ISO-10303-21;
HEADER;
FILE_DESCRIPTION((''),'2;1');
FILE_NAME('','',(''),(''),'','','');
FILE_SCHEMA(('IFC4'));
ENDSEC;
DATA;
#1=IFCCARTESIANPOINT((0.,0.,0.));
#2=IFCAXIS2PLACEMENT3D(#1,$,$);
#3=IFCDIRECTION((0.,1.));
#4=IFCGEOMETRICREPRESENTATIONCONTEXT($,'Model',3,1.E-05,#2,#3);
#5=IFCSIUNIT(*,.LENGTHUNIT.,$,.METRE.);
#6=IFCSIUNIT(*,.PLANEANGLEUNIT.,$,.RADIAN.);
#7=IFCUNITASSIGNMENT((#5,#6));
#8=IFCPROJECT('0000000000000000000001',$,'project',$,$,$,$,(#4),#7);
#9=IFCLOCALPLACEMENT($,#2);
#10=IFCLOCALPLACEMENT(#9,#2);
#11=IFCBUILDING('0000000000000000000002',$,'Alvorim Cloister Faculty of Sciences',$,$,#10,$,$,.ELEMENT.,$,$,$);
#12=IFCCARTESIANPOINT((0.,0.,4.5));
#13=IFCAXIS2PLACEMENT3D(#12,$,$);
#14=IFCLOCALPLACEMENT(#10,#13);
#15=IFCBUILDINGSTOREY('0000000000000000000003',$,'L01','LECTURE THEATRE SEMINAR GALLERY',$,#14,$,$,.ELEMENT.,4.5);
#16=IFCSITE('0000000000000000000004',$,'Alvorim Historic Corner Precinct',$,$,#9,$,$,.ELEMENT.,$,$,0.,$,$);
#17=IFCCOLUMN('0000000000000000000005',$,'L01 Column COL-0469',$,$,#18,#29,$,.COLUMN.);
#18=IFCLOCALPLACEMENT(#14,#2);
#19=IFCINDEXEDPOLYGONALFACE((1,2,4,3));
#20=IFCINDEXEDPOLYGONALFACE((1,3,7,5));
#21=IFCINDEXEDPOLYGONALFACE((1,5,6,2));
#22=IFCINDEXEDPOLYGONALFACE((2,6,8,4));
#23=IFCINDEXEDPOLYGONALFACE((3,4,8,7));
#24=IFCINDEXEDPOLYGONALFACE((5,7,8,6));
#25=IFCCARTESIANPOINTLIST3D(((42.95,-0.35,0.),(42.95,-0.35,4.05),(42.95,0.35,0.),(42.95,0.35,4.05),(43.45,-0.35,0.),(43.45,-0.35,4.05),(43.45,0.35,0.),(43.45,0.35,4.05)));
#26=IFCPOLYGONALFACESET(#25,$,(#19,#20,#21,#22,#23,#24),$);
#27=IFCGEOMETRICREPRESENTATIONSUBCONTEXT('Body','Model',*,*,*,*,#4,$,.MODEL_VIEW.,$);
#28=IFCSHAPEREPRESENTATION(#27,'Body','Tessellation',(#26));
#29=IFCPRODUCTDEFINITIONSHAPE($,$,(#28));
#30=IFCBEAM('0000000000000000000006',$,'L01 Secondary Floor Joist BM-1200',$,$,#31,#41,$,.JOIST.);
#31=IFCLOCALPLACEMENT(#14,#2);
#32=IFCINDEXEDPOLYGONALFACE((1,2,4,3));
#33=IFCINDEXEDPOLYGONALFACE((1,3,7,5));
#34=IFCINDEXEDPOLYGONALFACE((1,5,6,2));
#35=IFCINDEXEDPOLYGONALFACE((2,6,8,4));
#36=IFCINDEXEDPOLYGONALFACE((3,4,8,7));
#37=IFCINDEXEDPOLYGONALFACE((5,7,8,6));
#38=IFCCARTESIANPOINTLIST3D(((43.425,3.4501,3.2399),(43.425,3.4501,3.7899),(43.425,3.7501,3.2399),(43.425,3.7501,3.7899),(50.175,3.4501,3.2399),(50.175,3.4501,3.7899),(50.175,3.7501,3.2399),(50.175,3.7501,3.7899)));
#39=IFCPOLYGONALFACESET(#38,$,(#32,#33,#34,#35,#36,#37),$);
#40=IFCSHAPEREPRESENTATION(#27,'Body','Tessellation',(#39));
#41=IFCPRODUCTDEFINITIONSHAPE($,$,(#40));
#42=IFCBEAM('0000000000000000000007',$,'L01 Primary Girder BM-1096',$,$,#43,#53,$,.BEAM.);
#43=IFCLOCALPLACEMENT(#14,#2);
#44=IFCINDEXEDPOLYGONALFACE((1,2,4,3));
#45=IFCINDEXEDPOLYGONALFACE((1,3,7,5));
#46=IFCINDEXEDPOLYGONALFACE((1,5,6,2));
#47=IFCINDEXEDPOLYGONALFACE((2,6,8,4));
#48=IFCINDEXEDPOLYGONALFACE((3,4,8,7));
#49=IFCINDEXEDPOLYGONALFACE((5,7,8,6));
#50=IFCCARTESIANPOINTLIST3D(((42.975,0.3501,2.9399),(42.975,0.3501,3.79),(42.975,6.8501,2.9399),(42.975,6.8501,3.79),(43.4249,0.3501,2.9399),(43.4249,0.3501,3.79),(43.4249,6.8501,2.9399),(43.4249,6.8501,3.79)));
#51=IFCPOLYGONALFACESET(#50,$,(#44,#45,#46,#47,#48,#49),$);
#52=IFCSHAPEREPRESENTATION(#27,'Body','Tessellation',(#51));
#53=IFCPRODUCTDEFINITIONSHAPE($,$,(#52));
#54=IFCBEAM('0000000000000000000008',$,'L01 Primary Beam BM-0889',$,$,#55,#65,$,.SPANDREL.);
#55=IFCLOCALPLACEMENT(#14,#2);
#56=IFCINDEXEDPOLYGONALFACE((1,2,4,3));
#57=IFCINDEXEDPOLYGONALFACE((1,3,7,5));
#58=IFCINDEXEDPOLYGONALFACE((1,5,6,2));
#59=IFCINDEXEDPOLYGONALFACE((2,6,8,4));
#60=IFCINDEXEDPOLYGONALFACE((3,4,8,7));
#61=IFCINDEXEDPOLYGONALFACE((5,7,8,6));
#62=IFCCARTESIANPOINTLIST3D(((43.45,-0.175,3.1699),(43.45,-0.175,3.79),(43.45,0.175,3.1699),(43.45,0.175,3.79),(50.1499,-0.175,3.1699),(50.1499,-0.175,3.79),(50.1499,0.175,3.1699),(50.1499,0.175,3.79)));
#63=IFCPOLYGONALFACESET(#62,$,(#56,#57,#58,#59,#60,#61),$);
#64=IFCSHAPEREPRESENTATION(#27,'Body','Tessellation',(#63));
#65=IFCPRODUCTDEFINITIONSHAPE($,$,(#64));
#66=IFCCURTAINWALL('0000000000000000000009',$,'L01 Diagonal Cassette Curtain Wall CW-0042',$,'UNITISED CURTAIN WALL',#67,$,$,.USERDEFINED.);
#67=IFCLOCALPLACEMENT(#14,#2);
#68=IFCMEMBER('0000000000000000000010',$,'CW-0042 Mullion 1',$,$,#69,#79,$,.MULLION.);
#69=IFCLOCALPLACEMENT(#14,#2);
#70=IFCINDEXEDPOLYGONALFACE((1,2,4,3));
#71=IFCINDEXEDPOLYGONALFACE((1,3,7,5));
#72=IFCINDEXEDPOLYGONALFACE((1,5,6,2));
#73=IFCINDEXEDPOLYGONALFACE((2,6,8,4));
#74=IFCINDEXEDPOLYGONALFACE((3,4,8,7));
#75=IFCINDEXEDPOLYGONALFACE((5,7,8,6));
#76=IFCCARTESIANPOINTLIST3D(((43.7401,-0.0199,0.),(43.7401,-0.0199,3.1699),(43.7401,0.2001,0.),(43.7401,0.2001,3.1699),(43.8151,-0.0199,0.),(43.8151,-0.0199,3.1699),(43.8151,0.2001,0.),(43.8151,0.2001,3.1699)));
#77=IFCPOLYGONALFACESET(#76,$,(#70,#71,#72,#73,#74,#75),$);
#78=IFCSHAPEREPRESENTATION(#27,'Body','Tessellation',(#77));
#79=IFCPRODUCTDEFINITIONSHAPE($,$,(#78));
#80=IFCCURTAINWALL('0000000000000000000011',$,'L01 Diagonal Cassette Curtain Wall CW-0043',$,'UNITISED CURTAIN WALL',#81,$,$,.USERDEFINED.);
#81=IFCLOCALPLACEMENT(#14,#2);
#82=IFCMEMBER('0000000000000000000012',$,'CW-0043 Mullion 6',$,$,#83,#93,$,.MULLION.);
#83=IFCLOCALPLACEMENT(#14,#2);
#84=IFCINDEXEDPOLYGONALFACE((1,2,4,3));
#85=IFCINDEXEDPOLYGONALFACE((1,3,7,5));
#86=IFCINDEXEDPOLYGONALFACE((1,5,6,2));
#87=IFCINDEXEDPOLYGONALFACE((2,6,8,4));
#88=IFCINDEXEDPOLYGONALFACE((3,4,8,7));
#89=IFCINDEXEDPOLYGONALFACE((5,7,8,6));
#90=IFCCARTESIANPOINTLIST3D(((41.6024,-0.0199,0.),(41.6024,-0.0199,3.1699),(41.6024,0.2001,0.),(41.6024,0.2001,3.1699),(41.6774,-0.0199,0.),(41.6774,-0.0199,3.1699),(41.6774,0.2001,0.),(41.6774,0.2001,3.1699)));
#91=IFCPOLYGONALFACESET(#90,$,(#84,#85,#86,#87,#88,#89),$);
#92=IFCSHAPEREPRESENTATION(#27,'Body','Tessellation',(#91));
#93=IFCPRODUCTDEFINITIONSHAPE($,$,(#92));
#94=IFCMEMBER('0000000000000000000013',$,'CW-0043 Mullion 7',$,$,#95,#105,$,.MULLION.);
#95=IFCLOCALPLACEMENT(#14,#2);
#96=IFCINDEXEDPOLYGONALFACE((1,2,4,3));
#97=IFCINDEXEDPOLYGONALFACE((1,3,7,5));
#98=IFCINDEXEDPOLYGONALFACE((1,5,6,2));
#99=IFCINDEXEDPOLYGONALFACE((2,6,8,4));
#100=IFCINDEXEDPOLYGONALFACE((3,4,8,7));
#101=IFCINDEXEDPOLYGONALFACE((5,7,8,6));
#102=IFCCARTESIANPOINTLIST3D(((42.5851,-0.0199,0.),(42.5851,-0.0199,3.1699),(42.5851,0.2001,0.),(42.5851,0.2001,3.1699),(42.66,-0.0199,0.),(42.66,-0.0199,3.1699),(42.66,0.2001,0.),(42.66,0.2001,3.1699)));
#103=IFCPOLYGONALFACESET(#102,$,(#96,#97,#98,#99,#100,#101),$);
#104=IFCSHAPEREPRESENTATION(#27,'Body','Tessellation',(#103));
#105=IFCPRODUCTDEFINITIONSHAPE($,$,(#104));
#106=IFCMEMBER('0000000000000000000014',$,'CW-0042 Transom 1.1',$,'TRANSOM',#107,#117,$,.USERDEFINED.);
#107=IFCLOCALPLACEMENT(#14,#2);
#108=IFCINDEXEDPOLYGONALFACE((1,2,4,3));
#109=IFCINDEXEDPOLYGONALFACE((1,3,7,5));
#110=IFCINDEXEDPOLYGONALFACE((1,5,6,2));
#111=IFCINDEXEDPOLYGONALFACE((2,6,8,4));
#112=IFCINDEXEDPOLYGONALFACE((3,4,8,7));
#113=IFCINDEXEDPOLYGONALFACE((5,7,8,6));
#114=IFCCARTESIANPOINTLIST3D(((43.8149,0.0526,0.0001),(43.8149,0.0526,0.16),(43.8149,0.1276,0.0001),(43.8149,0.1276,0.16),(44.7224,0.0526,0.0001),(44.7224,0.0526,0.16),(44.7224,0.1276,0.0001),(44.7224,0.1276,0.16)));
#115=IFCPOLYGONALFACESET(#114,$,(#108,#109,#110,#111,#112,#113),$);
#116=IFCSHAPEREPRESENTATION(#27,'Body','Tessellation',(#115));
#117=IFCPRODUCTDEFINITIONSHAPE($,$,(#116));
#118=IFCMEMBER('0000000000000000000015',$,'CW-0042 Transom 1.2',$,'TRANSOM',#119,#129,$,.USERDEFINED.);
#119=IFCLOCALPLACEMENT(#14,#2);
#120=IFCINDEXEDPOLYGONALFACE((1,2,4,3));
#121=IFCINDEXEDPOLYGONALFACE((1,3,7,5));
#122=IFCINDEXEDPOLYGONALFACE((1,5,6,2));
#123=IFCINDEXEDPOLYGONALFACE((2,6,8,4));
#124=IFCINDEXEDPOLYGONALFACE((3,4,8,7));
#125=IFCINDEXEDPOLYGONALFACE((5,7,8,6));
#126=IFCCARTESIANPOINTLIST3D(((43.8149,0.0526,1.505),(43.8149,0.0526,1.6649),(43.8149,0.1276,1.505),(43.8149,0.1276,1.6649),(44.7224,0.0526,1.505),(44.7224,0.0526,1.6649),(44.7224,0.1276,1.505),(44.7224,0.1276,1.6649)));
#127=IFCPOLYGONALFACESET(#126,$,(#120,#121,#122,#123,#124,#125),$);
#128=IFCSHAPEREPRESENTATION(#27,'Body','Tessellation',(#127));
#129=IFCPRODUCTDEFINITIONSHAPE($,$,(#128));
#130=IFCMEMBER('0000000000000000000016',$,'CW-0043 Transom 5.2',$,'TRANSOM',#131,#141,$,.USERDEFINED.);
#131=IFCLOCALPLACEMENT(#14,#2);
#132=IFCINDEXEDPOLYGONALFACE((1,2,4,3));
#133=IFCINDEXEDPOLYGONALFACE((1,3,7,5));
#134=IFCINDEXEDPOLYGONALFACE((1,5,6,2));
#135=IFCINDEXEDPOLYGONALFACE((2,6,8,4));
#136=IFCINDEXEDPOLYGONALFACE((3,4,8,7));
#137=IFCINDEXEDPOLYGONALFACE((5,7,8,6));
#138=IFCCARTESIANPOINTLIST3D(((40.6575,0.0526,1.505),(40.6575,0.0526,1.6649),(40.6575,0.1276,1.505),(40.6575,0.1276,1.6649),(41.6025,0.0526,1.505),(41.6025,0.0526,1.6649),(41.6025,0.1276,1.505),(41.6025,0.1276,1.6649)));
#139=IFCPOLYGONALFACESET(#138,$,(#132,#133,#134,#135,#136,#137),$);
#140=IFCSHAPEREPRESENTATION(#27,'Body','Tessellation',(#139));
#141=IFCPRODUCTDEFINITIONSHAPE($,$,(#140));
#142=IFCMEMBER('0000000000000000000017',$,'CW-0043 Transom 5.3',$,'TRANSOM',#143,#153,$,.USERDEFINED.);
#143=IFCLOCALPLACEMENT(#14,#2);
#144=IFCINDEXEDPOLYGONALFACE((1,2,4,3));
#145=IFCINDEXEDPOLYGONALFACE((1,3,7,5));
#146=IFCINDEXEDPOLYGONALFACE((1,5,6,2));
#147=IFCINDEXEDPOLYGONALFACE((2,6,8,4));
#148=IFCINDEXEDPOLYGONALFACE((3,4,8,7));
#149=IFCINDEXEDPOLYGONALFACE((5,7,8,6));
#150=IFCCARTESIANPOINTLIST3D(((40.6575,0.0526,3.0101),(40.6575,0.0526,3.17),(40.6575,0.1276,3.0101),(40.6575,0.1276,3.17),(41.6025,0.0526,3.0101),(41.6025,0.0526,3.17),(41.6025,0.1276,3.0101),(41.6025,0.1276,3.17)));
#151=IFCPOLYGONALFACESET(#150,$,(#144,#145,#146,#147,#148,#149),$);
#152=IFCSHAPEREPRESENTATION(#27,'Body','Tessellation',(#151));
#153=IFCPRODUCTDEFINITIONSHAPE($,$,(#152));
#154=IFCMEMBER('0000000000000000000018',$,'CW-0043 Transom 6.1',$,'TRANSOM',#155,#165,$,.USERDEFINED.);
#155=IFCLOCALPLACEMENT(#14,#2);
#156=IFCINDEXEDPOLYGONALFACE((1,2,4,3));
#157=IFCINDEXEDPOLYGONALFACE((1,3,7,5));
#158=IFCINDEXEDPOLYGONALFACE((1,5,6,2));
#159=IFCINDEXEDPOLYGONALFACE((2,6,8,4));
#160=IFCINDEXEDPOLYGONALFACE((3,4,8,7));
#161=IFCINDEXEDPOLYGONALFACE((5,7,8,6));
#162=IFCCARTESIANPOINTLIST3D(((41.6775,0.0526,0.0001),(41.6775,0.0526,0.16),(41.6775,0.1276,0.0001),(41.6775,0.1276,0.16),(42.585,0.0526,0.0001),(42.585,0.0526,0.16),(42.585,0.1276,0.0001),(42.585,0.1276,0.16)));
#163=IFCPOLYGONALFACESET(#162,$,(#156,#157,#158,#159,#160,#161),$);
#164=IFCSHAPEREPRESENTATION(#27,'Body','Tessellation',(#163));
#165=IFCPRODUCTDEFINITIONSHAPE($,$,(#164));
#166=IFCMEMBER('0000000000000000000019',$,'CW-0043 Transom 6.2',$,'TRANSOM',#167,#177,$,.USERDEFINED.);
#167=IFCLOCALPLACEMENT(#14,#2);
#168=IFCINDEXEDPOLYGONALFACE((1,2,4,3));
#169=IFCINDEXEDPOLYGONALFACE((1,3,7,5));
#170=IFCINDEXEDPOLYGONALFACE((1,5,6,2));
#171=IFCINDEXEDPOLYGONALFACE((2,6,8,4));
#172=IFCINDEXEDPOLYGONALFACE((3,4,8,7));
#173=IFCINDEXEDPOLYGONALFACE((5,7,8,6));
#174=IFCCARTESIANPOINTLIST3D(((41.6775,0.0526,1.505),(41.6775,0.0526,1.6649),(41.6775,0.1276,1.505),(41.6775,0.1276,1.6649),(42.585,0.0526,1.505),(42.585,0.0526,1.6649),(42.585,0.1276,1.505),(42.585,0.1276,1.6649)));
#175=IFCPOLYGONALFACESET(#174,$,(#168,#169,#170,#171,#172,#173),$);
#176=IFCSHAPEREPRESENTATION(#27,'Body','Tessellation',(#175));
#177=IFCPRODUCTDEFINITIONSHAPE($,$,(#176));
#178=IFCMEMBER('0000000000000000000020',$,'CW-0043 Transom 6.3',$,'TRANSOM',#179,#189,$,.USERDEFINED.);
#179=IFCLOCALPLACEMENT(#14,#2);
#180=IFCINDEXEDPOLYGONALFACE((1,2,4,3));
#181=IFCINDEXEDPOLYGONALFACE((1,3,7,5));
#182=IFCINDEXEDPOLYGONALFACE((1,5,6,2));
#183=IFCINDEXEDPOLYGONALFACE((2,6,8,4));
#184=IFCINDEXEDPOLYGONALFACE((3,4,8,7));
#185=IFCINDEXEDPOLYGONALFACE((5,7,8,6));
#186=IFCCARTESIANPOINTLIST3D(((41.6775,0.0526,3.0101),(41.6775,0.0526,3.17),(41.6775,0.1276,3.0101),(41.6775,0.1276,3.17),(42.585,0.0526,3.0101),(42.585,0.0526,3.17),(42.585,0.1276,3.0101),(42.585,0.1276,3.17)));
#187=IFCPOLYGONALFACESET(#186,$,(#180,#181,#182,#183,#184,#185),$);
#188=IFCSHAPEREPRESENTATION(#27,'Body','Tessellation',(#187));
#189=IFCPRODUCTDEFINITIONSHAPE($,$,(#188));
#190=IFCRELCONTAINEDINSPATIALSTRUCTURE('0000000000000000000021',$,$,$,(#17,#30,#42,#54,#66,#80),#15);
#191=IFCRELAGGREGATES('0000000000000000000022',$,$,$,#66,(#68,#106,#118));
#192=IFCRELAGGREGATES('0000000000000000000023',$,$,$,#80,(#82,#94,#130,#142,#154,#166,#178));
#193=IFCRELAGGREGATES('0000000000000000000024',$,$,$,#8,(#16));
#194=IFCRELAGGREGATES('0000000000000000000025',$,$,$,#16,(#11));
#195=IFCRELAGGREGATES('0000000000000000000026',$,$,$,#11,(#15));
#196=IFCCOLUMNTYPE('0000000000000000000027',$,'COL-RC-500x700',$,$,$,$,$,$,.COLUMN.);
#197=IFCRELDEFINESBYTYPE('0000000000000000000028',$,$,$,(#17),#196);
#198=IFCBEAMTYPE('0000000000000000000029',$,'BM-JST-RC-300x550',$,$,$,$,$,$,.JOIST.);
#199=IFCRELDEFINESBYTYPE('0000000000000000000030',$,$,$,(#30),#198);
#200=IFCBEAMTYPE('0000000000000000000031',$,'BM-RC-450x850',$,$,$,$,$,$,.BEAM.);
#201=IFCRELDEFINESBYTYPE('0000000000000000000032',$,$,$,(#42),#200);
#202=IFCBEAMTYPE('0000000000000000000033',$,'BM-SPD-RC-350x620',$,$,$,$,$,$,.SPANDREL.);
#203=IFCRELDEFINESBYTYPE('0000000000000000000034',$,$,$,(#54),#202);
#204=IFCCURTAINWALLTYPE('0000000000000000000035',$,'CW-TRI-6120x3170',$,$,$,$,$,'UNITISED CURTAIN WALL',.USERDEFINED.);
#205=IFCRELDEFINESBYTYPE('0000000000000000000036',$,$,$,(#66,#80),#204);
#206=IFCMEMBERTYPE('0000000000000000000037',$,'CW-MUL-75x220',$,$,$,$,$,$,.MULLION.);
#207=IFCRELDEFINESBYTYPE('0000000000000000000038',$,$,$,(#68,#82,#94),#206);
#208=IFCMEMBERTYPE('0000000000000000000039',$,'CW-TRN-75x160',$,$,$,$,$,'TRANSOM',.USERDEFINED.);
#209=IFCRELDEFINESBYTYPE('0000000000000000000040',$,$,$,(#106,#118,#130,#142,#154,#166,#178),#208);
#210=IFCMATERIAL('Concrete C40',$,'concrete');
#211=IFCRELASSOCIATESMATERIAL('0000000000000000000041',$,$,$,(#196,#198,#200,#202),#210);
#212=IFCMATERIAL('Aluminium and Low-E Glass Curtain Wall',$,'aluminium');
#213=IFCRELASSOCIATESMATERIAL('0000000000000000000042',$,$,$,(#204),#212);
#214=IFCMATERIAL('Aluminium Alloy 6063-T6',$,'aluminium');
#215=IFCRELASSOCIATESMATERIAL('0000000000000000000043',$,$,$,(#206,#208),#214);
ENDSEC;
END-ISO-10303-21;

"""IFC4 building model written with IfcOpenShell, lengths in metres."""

from ifc_helpers import new_model, si_unit, direction, frame, origin, origin_2d, place, context, subcontext, project, spatial, rectangle, extrude, material, material_profile, profile_set, type_object, element, aggregate, save


model = new_model("IFC4")

# Units and contexts
model_context = context("Model", 3, precision=1e-05, world=origin(), true_north=direction((0.0, 1.0)))
body_context = subcontext(model_context, "Body", "Model", "MODEL_VIEW")
ifc_project = project(units=[si_unit("LENGTHUNIT", "METRE"), si_unit("PLANEANGLEUNIT", "RADIAN")], contexts=[model_context])

# Site, building, storey
site_placement = place(None, origin())
site = spatial("IfcSite", under=ifc_project, at=site_placement, Name="Alvorim Historic Corner Precinct", CompositionType="ELEMENT", RefElevation=0.0)
building_placement = place(site_placement, origin())
building = spatial("IfcBuilding", under=site, at=building_placement, Name="Alvorim Cloister Faculty of Sciences", CompositionType="ELEMENT")
storey_placement = place(building_placement, frame((0.0, 0.0, 4.5)))
storey = spatial("IfcBuildingStorey", under=building, at=storey_placement, Name="L01", Description="LECTURE THEATRE SEMINAR GALLERY", CompositionType="ELEMENT", Elevation=4.5)

# Column
ifc_material_1 = material(Name="Concrete C40", Category="concrete")
ifc_material_profile_1 = material_profile(ifc_material_1, rectangle(XDim=0.5, YDim=0.7, at=origin_2d()), Name="RC40-COL-500x700")
ifc_profile_set_1 = profile_set([ifc_material_profile_1], Name="Concrete C40")
column_type = type_object("IfcColumnType", Name="COL-RC-500x700", PredefinedType="COLUMN", material=ifc_profile_set_1)
column_placement = place(storey_placement, frame((43.2, 0.0, 0.0), z_axis=(0.0, 0.0, 1.0), x_axis=(1.0, 0.0, 0.0)))
element("IfcColumn", 1, at=column_placement, inside=storey, type_object=column_type, Name="L01 Column COL-0469", PredefinedType="COLUMN", context=body_context, shape_type="SweptSolid", body=[
    extrude(rectangle(XDim=0.5, YDim=0.7, at=origin_2d()), origin(), (0.0, 0.0, 1.0), 4.05),
])

# Beams
ifc_material_profile_2 = material_profile(ifc_material_1, rectangle(XDim=0.3, YDim=0.55, at=origin_2d()), Name="RC40-JST-300x550")
ifc_profile_set_2 = profile_set([ifc_material_profile_2], Name="Concrete C40")
beam_type_1 = type_object("IfcBeamType", Name="BM-JST-RC-300x550", PredefinedType="JOIST", material=ifc_profile_set_2)
beam_1_placement = place(storey_placement, frame((43.425, 3.6001, 3.5149), z_axis=(1.0, 0.0, 0.0), x_axis=(0.0, 1.0, 0.0)))
element("IfcBeam", 2, at=beam_1_placement, inside=storey, type_object=beam_type_1, Name="L01 Secondary Floor Joist BM-1200", PredefinedType="JOIST", context=body_context, shape_type="SweptSolid", body=[
    extrude(rectangle(XDim=0.3, YDim=0.55, at=origin_2d()), origin(), (0.0, 0.0, 1.0), 6.75),
])
ifc_material_profile_3 = material_profile(ifc_material_1, rectangle(XDim=0.45, YDim=0.8501, at=origin_2d()), Name="RC40-BM-450x850")
ifc_profile_set_3 = profile_set([ifc_material_profile_3], Name="Concrete C40")
beam_type_2 = type_object("IfcBeamType", Name="BM-RC-450x850", PredefinedType="BEAM", material=ifc_profile_set_3)
beam_2_placement = place(storey_placement, frame((43.2, 0.3501, 3.365), z_axis=(0.0, 1.0, 0.0), x_axis=(-1.0, 0.0, 0.0)))
element("IfcBeam", 3, at=beam_2_placement, inside=storey, type_object=beam_type_2, Name="L01 Primary Girder BM-1096", PredefinedType="BEAM", context=body_context, shape_type="SweptSolid", body=[
    extrude(rectangle(XDim=0.45, YDim=0.8501, at=origin_2d()), origin(), (0.0, 0.0, 1.0), 6.5),
])
ifc_material_profile_4 = material_profile(ifc_material_1, rectangle(XDim=0.3501, YDim=0.6201, at=origin_2d()), Name="RC40-SPD-350x620")
ifc_profile_set_4 = profile_set([ifc_material_profile_4], Name="Concrete C40")
beam_type_3 = type_object("IfcBeamType", Name="BM-SPD-RC-350x620", PredefinedType="SPANDREL", material=ifc_profile_set_4)
beam_3_placement = place(storey_placement, frame((43.45, 0.0, 3.48), z_axis=(1.0, 0.0, 0.0), x_axis=(0.0, 1.0, 0.0)))
element("IfcBeam", 4, at=beam_3_placement, inside=storey, type_object=beam_type_3, Name="L01 Primary Beam BM-0889", PredefinedType="SPANDREL", context=body_context, shape_type="SweptSolid", body=[
    extrude(rectangle(XDim=0.3501, YDim=0.6201, at=origin_2d()), origin(), (0.0, 0.0, 1.0), 6.7),
])

# Curtain wall, member
ifc_material_2 = material(Name="Aluminium and Low-E Glass Curtain Wall", Category="aluminium")
curtain_wall_type = type_object("IfcCurtainWallType", Name="CW-TRI-6120x3170", ElementType="UNITISED CURTAIN WALL", PredefinedType="USERDEFINED", material=ifc_material_2)
curtain_wall_1_placement = place(storey_placement, origin())
curtain_wall_1 = element("IfcCurtainWall", 5, at=curtain_wall_1_placement, inside=storey, type_object=curtain_wall_type, Name="L01 Diagonal Cassette Curtain Wall CW-0042", ObjectType="UNITISED CURTAIN WALL", PredefinedType="USERDEFINED")
ifc_material_3 = material(Name="Aluminium Alloy 6063-T6", Category="aluminium")
ifc_material_profile_5 = material_profile(ifc_material_3, rectangle(XDim=0.075, YDim=0.22, at=origin_2d()), Name="ALU-MUL-75x220")
ifc_profile_set_5 = profile_set([ifc_material_profile_5], Name="Aluminium Alloy 6063-T6")
member_type_1 = type_object("IfcMemberType", Name="CW-MUL-75x220", PredefinedType="MULLION", material=ifc_profile_set_5)
member_1_placement = place(storey_placement, frame((43.7776, 0.0901, 0.0), z_axis=(0.0, 0.0, 1.0), x_axis=(1.0, 0.0, 0.0)))
member_1 = element("IfcMember", 6, at=member_1_placement, type_object=member_type_1, Name="CW-0042 Mullion 1", PredefinedType="MULLION", context=body_context, shape_type="SweptSolid", body=[
    extrude(rectangle(XDim=0.075, YDim=0.22, at=origin_2d()), origin(), (0.0, 0.0, 1.0), 3.1699),
])

# Curtain wall, members
curtain_wall_2_placement = place(storey_placement, origin())
curtain_wall_2 = element("IfcCurtainWall", 7, at=curtain_wall_2_placement, inside=storey, type_object=curtain_wall_type, Name="L01 Diagonal Cassette Curtain Wall CW-0043", ObjectType="UNITISED CURTAIN WALL", PredefinedType="USERDEFINED")
member_2_placement = place(storey_placement, frame((41.6399, 0.0901, 0.0), z_axis=(0.0, 0.0, 1.0), x_axis=(1.0, 0.0, 0.0)))
member_2 = element("IfcMember", 8, at=member_2_placement, type_object=member_type_1, Name="CW-0043 Mullion 6", PredefinedType="MULLION", context=body_context, shape_type="SweptSolid", body=[
    extrude(rectangle(XDim=0.075, YDim=0.22, at=origin_2d()), origin(), (0.0, 0.0, 1.0), 3.1699),
])
member_3_placement = place(storey_placement, frame((42.6226, 0.0901, 0.0), z_axis=(0.0, 0.0, 1.0), x_axis=(1.0, 0.0, 0.0)))
member_3 = element("IfcMember", 9, at=member_3_placement, type_object=member_type_1, Name="CW-0043 Mullion 7", PredefinedType="MULLION", context=body_context, shape_type="SweptSolid", body=[
    extrude(rectangle(XDim=0.075, YDim=0.22, at=origin_2d()), origin(), (0.0, 0.0, 1.0), 3.1699),
])

# Members
ifc_material_profile_6 = material_profile(ifc_material_3, rectangle(XDim=0.075, YDim=0.1599, at=origin_2d()), Name="ALU-TRN-75x160")
ifc_profile_set_6 = profile_set([ifc_material_profile_6], Name="Aluminium Alloy 6063-T6")
member_type_2 = type_object("IfcMemberType", Name="CW-TRN-75x160", ElementType="TRANSOM", PredefinedType="USERDEFINED", material=ifc_profile_set_6)
member_4_placement = place(storey_placement, frame((43.8149, 0.0901, 0.0801), z_axis=(1.0, 0.0, 0.0), x_axis=(0.0, 1.0, 0.0)))
member_4 = element("IfcMember", 10, at=member_4_placement, type_object=member_type_2, Name="CW-0042 Transom 1.1", ObjectType="TRANSOM", PredefinedType="USERDEFINED", context=body_context, shape_type="SweptSolid", body=[
    extrude(rectangle(XDim=0.075, YDim=0.1599, at=origin_2d()), origin(), (0.0, 0.0, 1.0), 0.9075),
])
member_5_placement = place(storey_placement, frame((43.8149, 0.0901, 1.585), z_axis=(1.0, 0.0, 0.0), x_axis=(0.0, 1.0, 0.0)))
member_5 = element("IfcMember", 11, at=member_5_placement, type_object=member_type_2, Name="CW-0042 Transom 1.2", ObjectType="TRANSOM", PredefinedType="USERDEFINED", context=body_context, shape_type="SweptSolid", body=[
    extrude(rectangle(XDim=0.075, YDim=0.1599, at=origin_2d()), origin(), (0.0, 0.0, 1.0), 0.9075),
])
member_6_placement = place(storey_placement, frame((40.6575, 0.0901, 1.585), z_axis=(1.0, 0.0, 0.0), x_axis=(0.0, 1.0, 0.0)))
member_6 = element("IfcMember", 12, at=member_6_placement, type_object=member_type_2, Name="CW-0043 Transom 5.2", ObjectType="TRANSOM", PredefinedType="USERDEFINED", context=body_context, shape_type="SweptSolid", body=[
    extrude(rectangle(XDim=0.075, YDim=0.1599, at=origin_2d()), origin(), (0.0, 0.0, 1.0), 0.9451),
])
member_7_placement = place(storey_placement, frame((40.6575, 0.0901, 3.0901), z_axis=(1.0, 0.0, 0.0), x_axis=(0.0, 1.0, 0.0)))
member_7 = element("IfcMember", 13, at=member_7_placement, type_object=member_type_2, Name="CW-0043 Transom 5.3", ObjectType="TRANSOM", PredefinedType="USERDEFINED", context=body_context, shape_type="SweptSolid", body=[
    extrude(rectangle(XDim=0.075, YDim=0.1599, at=origin_2d()), origin(), (0.0, 0.0, 1.0), 0.9451),
])
member_8_placement = place(storey_placement, frame((41.6775, 0.0901, 0.0801), z_axis=(1.0, 0.0, 0.0), x_axis=(0.0, 1.0, 0.0)))
member_8 = element("IfcMember", 14, at=member_8_placement, type_object=member_type_2, Name="CW-0043 Transom 6.1", ObjectType="TRANSOM", PredefinedType="USERDEFINED", context=body_context, shape_type="SweptSolid", body=[
    extrude(rectangle(XDim=0.075, YDim=0.1599, at=origin_2d()), origin(), (0.0, 0.0, 1.0), 0.9075),
])
member_9_placement = place(storey_placement, frame((41.6775, 0.0901, 1.585), z_axis=(1.0, 0.0, 0.0), x_axis=(0.0, 1.0, 0.0)))
member_9 = element("IfcMember", 15, at=member_9_placement, type_object=member_type_2, Name="CW-0043 Transom 6.2", ObjectType="TRANSOM", PredefinedType="USERDEFINED", context=body_context, shape_type="SweptSolid", body=[
    extrude(rectangle(XDim=0.075, YDim=0.1599, at=origin_2d()), origin(), (0.0, 0.0, 1.0), 0.9075),
])
member_10_placement = place(storey_placement, frame((41.6775, 0.0901, 3.0901), z_axis=(1.0, 0.0, 0.0), x_axis=(0.0, 1.0, 0.0)))
member_10 = element("IfcMember", 16, at=member_10_placement, type_object=member_type_2, Name="CW-0043 Transom 6.3", ObjectType="TRANSOM", PredefinedType="USERDEFINED", context=body_context, shape_type="SweptSolid", body=[
    extrude(rectangle(XDim=0.075, YDim=0.1599, at=origin_2d()), origin(), (0.0, 0.0, 1.0), 0.9075),
])

aggregate(curtain_wall_1, [member_1, member_4, member_5])
aggregate(curtain_wall_2, [member_2, member_3, member_6, member_7, member_8, member_9, member_10])

save(model, "model.ifc")
